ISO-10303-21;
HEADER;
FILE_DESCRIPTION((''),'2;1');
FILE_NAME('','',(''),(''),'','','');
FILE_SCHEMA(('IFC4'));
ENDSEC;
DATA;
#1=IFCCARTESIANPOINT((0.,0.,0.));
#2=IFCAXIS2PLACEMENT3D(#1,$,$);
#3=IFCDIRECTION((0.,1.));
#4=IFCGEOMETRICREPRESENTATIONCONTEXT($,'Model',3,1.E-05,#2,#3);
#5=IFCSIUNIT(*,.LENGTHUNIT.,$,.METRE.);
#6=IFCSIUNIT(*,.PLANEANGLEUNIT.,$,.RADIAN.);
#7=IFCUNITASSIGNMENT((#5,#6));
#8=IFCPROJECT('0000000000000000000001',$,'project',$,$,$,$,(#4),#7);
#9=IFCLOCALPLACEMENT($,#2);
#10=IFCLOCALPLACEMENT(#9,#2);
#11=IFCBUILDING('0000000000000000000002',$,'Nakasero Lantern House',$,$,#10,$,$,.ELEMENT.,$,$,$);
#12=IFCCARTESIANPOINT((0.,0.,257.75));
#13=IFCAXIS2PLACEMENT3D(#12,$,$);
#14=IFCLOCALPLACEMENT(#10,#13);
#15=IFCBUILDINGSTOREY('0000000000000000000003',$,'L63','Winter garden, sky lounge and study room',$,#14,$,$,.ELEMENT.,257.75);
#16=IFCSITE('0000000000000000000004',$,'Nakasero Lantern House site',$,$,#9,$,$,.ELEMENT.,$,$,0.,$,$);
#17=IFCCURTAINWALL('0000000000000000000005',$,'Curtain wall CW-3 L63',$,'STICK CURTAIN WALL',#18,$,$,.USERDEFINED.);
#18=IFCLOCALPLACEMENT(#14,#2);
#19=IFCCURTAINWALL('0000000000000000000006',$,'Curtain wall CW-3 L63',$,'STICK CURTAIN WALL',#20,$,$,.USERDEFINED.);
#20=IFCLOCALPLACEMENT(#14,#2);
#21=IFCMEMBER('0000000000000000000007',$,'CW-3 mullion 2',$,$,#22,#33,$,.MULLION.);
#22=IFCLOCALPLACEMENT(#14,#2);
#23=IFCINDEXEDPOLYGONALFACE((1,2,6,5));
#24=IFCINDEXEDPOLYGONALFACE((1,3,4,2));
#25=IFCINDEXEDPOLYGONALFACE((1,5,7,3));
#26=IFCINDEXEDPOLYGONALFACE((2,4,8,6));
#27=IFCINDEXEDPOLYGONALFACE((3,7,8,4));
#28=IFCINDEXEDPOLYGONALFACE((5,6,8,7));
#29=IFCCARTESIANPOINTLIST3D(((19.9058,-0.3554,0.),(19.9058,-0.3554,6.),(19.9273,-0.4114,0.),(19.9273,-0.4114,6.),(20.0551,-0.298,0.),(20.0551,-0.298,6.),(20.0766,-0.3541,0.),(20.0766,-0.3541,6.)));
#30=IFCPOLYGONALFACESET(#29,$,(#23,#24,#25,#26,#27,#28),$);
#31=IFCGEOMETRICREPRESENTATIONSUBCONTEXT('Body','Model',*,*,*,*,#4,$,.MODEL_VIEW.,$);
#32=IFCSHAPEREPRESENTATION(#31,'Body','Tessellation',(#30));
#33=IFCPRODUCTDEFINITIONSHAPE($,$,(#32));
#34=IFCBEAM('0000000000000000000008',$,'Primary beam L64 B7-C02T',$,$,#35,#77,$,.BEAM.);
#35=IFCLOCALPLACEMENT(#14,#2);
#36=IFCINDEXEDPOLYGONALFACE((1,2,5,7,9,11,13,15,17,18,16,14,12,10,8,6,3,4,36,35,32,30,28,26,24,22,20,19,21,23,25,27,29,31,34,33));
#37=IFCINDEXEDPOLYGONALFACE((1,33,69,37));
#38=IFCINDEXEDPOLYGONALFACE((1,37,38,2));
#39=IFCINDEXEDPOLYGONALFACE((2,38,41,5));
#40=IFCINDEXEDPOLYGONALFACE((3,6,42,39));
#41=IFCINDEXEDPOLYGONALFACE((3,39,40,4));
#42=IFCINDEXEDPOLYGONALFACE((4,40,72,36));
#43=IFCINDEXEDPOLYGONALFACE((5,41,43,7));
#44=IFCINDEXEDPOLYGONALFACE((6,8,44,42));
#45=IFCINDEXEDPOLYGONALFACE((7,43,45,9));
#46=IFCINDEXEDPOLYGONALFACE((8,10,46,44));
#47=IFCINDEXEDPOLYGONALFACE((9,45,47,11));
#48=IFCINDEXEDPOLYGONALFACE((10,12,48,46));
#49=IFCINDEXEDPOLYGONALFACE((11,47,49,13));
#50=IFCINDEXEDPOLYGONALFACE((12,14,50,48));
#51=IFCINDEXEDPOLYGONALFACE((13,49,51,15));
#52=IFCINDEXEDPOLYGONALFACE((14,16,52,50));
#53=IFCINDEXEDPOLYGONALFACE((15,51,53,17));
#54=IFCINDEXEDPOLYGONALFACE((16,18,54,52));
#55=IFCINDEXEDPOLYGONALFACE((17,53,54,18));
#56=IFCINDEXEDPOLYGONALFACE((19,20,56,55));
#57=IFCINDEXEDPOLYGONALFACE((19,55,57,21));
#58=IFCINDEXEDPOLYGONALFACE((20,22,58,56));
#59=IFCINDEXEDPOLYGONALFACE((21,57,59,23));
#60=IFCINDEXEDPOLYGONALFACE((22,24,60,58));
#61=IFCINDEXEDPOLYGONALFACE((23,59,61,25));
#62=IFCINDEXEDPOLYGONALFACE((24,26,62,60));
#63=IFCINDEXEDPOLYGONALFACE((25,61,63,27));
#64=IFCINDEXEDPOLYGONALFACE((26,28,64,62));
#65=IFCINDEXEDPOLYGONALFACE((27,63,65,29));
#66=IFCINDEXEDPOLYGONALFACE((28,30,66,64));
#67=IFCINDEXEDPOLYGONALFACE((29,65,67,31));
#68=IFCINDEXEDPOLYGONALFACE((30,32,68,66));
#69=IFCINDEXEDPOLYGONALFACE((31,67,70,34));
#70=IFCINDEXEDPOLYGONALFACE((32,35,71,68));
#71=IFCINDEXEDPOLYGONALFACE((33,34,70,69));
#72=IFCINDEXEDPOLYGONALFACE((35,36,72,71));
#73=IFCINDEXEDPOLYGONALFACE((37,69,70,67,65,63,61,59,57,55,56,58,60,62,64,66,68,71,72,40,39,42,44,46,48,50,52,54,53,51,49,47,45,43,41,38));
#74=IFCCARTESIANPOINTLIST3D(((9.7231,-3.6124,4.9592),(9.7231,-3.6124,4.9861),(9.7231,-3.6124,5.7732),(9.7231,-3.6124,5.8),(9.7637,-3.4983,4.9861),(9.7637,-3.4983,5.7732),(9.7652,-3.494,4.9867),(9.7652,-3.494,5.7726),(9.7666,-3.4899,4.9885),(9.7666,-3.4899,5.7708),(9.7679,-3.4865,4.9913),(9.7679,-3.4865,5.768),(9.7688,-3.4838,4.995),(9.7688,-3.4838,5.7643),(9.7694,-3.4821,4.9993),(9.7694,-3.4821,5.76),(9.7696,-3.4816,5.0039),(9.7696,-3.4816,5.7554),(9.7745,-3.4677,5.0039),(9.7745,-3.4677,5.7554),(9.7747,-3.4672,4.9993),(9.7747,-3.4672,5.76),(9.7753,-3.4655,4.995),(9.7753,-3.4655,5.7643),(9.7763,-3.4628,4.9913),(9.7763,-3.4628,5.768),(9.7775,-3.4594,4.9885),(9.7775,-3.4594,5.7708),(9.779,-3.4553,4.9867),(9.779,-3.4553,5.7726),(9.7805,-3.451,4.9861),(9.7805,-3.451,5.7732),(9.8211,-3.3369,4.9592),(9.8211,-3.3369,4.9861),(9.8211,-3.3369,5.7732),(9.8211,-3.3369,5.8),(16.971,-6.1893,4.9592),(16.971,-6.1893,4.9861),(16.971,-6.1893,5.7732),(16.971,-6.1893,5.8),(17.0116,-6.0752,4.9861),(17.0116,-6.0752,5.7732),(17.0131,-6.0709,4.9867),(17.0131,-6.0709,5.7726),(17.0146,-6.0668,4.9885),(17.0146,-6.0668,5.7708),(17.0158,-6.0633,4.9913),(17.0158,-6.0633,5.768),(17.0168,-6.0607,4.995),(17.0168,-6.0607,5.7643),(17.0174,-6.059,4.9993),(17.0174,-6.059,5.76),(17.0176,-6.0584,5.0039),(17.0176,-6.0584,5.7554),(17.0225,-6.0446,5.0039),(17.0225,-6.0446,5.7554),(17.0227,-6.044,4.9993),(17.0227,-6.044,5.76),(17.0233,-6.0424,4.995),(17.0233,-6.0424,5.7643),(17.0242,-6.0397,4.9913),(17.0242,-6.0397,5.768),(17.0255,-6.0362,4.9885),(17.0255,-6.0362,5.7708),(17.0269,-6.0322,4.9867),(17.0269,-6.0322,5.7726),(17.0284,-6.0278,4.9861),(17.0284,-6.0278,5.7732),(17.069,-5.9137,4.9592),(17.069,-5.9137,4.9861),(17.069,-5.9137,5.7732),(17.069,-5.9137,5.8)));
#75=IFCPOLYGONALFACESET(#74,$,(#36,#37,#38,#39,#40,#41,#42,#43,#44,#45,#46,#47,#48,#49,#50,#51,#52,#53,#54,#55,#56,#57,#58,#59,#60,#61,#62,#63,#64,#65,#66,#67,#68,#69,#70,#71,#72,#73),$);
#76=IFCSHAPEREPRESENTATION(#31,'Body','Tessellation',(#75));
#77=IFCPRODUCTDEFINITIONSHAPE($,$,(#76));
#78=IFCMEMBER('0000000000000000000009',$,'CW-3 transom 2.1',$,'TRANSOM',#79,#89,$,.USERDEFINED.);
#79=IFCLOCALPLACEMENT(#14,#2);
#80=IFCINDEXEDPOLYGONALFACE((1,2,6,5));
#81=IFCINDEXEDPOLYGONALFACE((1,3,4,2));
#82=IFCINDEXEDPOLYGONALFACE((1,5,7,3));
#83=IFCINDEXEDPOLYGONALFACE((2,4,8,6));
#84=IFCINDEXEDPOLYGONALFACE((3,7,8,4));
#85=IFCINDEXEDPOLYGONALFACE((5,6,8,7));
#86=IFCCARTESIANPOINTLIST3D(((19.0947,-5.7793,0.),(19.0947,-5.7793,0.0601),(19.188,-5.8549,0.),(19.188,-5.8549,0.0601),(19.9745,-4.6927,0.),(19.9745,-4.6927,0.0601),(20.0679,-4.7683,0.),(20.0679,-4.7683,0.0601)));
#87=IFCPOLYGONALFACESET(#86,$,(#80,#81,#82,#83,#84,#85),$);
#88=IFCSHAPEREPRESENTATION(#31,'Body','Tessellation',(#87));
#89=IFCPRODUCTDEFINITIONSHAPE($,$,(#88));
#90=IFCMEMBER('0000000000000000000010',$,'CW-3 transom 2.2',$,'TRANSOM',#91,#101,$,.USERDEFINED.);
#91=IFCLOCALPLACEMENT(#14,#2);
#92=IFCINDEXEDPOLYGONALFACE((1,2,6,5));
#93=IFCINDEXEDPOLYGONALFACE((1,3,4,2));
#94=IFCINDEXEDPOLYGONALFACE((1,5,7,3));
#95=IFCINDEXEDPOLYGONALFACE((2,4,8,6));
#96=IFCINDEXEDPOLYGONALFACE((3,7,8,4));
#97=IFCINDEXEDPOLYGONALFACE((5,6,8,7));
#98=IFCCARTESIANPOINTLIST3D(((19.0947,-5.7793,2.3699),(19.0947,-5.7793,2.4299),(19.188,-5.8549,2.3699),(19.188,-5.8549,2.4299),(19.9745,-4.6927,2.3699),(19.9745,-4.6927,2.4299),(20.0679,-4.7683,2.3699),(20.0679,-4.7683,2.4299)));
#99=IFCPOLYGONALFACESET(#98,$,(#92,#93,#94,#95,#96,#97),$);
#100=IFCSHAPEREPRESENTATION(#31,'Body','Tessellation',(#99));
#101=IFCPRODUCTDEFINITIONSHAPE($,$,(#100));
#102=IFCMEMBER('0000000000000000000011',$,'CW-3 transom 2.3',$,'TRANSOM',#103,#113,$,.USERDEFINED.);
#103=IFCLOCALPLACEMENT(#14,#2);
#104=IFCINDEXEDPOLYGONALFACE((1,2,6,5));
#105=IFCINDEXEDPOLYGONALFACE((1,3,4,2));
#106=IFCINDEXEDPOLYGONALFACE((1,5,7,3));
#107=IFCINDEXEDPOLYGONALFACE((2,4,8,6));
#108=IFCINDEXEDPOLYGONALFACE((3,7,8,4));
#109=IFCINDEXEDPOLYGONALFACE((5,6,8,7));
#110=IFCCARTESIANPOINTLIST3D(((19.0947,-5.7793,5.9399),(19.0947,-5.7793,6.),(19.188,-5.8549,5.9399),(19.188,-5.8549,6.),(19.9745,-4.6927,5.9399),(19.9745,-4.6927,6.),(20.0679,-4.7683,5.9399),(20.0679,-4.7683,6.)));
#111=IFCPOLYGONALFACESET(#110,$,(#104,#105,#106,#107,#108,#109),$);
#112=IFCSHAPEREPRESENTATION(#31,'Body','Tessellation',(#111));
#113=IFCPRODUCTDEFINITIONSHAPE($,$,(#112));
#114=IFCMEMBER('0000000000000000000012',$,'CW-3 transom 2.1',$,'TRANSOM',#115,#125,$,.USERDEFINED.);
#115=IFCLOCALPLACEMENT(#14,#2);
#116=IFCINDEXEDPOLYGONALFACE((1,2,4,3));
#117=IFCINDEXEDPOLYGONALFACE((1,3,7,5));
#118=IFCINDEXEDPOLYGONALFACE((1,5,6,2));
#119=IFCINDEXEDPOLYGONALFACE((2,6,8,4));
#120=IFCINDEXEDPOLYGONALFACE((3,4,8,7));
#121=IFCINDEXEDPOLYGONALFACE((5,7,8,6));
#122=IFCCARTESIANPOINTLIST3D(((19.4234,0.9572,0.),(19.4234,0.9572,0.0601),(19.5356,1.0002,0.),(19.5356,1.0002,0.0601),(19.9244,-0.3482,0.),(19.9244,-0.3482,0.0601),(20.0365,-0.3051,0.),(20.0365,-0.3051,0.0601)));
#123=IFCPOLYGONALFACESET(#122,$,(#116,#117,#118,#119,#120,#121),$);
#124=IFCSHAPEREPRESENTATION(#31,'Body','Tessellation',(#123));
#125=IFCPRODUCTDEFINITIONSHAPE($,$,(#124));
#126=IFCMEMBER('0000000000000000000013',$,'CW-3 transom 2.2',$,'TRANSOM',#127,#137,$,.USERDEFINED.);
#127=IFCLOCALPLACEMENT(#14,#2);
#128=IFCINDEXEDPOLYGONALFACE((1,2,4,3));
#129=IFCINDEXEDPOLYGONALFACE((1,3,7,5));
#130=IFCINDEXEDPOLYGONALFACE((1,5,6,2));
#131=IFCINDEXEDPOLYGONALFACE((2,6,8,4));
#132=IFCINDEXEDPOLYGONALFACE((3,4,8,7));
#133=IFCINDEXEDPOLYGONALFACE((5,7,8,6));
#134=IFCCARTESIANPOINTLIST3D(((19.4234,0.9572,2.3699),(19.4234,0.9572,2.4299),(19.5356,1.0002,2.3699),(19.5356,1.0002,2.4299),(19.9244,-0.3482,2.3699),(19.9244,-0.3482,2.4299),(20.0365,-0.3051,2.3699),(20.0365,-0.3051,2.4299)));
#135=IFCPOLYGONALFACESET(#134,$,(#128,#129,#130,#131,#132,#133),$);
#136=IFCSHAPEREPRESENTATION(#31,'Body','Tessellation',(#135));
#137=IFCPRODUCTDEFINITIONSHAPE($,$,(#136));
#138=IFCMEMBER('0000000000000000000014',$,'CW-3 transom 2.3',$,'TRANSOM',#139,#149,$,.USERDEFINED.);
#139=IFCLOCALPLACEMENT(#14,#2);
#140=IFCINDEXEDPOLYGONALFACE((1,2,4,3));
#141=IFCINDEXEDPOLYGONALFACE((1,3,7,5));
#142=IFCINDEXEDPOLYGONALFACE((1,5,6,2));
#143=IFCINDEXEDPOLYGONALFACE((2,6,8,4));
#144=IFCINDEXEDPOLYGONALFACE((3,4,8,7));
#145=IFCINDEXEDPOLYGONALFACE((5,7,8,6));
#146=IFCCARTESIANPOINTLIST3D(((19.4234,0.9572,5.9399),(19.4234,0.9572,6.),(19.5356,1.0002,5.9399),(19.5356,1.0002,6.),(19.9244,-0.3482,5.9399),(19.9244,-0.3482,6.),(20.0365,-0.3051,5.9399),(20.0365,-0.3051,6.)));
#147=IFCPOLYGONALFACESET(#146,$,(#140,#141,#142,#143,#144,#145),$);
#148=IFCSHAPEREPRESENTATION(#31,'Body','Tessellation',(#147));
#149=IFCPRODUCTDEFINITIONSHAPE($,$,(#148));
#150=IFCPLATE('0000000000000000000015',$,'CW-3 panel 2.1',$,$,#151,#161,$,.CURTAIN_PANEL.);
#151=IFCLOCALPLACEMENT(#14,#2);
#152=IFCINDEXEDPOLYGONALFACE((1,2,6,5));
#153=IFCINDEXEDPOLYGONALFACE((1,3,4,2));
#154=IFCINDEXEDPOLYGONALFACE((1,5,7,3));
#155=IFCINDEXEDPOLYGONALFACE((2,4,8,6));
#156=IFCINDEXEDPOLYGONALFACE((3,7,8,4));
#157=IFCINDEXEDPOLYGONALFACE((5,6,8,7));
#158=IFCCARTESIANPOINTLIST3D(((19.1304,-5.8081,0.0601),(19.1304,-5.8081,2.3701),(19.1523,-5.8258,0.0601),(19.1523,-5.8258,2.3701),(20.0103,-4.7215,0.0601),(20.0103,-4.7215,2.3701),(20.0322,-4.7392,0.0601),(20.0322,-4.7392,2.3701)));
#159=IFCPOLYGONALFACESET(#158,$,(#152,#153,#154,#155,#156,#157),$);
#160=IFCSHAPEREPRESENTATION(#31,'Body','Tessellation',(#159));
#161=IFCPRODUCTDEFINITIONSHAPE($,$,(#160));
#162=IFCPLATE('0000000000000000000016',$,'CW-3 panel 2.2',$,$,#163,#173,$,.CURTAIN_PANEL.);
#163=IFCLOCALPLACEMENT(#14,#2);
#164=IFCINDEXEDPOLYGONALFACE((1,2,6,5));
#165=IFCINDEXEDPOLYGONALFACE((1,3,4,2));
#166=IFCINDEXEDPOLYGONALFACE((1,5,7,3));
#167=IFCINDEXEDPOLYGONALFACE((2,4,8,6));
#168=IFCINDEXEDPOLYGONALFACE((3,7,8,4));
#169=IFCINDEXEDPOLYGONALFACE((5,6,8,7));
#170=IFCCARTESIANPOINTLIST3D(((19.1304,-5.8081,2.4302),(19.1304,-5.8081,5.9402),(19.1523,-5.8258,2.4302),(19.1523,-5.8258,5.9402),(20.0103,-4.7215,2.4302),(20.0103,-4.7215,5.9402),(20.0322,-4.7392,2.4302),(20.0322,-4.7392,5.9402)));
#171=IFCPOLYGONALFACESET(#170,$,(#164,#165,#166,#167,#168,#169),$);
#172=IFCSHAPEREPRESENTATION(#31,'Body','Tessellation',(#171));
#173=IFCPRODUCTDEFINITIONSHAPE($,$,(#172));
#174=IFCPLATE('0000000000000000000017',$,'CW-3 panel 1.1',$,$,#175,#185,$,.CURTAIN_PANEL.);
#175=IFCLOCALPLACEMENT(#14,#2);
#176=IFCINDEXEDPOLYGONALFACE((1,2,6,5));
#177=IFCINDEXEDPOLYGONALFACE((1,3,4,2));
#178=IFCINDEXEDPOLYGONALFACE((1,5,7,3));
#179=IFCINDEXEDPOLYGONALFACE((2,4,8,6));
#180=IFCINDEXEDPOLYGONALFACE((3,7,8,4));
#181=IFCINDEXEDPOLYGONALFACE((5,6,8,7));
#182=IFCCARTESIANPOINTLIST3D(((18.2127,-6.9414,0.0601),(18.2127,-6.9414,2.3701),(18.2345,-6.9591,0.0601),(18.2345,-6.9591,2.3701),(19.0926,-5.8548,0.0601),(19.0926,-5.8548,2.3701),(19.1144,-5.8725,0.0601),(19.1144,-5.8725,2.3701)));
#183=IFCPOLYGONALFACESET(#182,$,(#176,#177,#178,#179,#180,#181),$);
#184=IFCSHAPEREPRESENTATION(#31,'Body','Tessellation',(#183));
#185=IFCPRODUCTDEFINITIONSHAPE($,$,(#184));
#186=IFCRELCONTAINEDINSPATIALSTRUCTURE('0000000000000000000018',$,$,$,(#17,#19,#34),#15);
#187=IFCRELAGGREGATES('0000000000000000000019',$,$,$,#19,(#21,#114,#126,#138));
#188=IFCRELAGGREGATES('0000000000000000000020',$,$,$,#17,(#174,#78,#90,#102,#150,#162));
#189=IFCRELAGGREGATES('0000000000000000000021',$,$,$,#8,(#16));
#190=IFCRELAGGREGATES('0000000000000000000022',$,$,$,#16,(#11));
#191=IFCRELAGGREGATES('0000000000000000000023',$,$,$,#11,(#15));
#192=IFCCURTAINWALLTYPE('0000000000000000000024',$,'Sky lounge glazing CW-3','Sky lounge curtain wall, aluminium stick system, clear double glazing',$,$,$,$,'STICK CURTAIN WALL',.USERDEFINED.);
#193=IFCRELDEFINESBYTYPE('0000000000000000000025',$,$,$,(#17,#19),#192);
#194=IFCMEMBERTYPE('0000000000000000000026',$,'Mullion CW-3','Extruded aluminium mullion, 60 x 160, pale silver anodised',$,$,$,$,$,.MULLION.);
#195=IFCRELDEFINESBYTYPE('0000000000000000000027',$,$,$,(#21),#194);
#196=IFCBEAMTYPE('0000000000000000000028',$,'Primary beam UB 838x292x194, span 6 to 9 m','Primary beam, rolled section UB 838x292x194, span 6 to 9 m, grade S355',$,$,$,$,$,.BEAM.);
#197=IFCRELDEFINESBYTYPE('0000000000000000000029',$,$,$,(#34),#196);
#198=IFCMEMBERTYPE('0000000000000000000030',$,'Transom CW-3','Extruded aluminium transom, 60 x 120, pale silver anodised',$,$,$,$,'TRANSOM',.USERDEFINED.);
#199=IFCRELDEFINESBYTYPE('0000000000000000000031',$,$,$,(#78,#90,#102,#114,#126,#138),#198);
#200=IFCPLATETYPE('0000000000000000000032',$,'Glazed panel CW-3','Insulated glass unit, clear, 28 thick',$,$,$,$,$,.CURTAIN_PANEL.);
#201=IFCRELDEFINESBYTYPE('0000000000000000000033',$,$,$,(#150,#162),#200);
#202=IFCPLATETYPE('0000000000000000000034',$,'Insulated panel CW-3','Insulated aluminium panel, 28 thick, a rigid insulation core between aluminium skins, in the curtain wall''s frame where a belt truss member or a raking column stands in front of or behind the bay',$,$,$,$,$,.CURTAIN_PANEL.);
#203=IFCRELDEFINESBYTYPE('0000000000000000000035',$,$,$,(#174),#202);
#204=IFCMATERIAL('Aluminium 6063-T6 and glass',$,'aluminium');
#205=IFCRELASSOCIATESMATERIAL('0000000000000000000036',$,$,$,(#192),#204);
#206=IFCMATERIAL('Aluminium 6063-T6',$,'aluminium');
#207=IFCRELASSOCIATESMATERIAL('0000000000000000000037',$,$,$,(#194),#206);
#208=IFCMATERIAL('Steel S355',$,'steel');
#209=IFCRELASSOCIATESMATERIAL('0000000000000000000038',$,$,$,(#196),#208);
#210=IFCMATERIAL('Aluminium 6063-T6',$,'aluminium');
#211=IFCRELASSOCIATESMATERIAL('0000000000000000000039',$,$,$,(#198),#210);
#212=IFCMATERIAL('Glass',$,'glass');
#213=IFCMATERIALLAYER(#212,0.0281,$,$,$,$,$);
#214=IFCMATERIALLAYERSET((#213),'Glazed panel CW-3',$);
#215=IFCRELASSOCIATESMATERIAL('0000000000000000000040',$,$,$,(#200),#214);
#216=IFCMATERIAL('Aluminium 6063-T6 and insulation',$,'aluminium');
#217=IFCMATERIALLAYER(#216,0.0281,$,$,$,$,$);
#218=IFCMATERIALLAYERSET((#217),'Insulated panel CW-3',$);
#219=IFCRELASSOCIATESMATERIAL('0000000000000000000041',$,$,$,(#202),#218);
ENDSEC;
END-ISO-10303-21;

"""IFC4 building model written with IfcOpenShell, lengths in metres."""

from ifc_helpers import new_model, si_unit, direction, frame, origin, origin_2d, place, context, subcontext, project, spatial, rectangle, i_section, extrude, material, layer, layer_set, material_profile, profile_set, type_object, element, aggregate, save


model = new_model("IFC4")

# Units and contexts
model_context = context("Model", 3, precision=1e-05, world=origin(), true_north=direction((0.0, 1.0)))
body_context = subcontext(model_context, "Body", "Model", "MODEL_VIEW")
ifc_project = project(units=[si_unit("LENGTHUNIT", "METRE"), si_unit("PLANEANGLEUNIT", "RADIAN")], contexts=[model_context])

# Site, building, storey
site_placement = place(None, origin())
site = spatial("IfcSite", under=ifc_project, at=site_placement, Name="Nakasero Lantern House site", CompositionType="ELEMENT", RefElevation=0.0)
building_placement = place(site_placement, origin())
building = spatial("IfcBuilding", under=site, at=building_placement, Name="Nakasero Lantern House", CompositionType="ELEMENT")
storey_placement = place(building_placement, frame((0.0, 0.0, 257.75)))
storey = spatial("IfcBuildingStorey", under=building, at=storey_placement, Name="L63", Description="Winter garden, sky lounge and study room", CompositionType="ELEMENT", Elevation=257.75)

# Curtain wall
ifc_material_1 = material(Name="Aluminium 6063-T6 and glass", Category="aluminium")
curtain_wall_type = type_object("IfcCurtainWallType", Name="Sky lounge glazing CW-3", Description="Sky lounge curtain wall, aluminium stick system, clear double glazing", ElementType="STICK CURTAIN WALL", PredefinedType="USERDEFINED", material=ifc_material_1)
curtain_wall_1_placement = place(storey_placement, origin())
curtain_wall_1 = element("IfcCurtainWall", 1, at=curtain_wall_1_placement, inside=storey, type_object=curtain_wall_type, Name="Curtain wall CW-3 L63", ObjectType="STICK CURTAIN WALL", PredefinedType="USERDEFINED")
ifc_material_2 = material(Name="Aluminium 6063-T6", Category="aluminium")
ifc_material_profile_1 = material_profile(ifc_material_2, rectangle(XDim=0.0601, YDim=0.1599, at=origin_2d()), Name="CW-3 mullion 60x160")
ifc_profile_set_1 = profile_set([ifc_material_profile_1], Name="Aluminium 6063-T6")
member_type_1 = type_object("IfcMemberType", Name="Mullion CW-3", Description="Extruded aluminium mullion, 60 x 160, pale silver anodised", PredefinedType="MULLION", material=ifc_profile_set_1)

# Curtain wall, member
curtain_wall_2_placement = place(storey_placement, origin())
curtain_wall_2 = element("IfcCurtainWall", 2, at=curtain_wall_2_placement, inside=storey, type_object=curtain_wall_type, Name="Curtain wall CW-3 L63", ObjectType="STICK CURTAIN WALL", PredefinedType="USERDEFINED")
member_1_placement = place(storey_placement, frame((19.9912, -0.3547, 0.0), z_axis=(0.0, 0.0, 1.0), x_axis=(-0.358368, 0.93358, 0.0)))
member_1 = element("IfcMember", 3, at=member_1_placement, type_object=member_type_1, Name="CW-3 mullion 2", PredefinedType="MULLION", context=body_context, shape_type="SweptSolid", body=[
    extrude(rectangle(XDim=0.0601, YDim=0.1599, at=origin_2d()), origin(), (0.0, 0.0, 1.0), 6.0),
])

# Beam
ifc_material_3 = material(Name="Steel S355", Category="steel")
ifc_material_profile_2 = material_profile(ifc_material_3, i_section(OverallWidth=0.2925, OverallDepth=0.8408, WebThickness=0.0146, FlangeThickness=0.0269, FilletRadius=0.0178, at=origin_2d()), Name="UB 838x292x194")
ifc_profile_set_2 = profile_set([ifc_material_profile_2], Name="Steel S355")
beam_type_1 = type_object("IfcBeamType", Name="Primary beam UB 838x292x194, span 6 to 9 m", Description="Primary beam, rolled section UB 838x292x194, span 6 to 9 m, grade S355", PredefinedType="BEAM", material=ifc_profile_set_2)
beam_1_placement = place(storey_placement, frame((17.02, -6.0515, 5.3796), z_axis=(-0.942222, 0.334989, 0.0), x_axis=(-0.334989, -0.942222, 0.0)))
element("IfcBeam", 4, at=beam_1_placement, inside=storey, type_object=beam_type_1, Name="Primary beam L64 B7-C02T", PredefinedType="BEAM", context=body_context, shape_type="SweptSolid", body=[
    extrude(i_section(OverallWidth=0.2925, OverallDepth=0.8408, WebThickness=0.0146, FlangeThickness=0.0269, FilletRadius=0.0178, at=origin_2d()), origin(), (0.0, 0.0, 1.0), 7.6924),
])

# Members
ifc_material_4 = material(Name="Aluminium 6063-T6", Category="aluminium")
ifc_material_profile_3 = material_profile(ifc_material_4, rectangle(XDim=0.0601, YDim=0.1201, at=origin_2d()), Name="CW-3 transom 60x120")
ifc_profile_set_3 = profile_set([ifc_material_profile_3], Name="Aluminium 6063-T6")
member_type_2 = type_object("IfcMemberType", Name="Transom CW-3", Description="Extruded aluminium transom, 60 x 120, pale silver anodised", ElementType="TRANSOM", PredefinedType="USERDEFINED", material=ifc_profile_set_3)
member_2_placement = place(storey_placement, frame((19.1414, -5.8171, 0.03), z_axis=(0.629284, 0.777176, 0.0), x_axis=(0.0, 0.0, 1.0)))
member_2 = element("IfcMember", 5, at=member_2_placement, type_object=member_type_2, Name="CW-3 transom 2.1", ObjectType="TRANSOM", PredefinedType="USERDEFINED", context=body_context, shape_type="SweptSolid", body=[
    extrude(rectangle(XDim=0.0601, YDim=0.1201, at=origin_2d()), origin(), (0.0, 0.0, 1.0), 1.3982),
])
member_3_placement = place(storey_placement, frame((19.1414, -5.8171, 2.3999), z_axis=(0.629284, 0.777176, 0.0), x_axis=(0.0, 0.0, 1.0)))
member_3 = element("IfcMember", 6, at=member_3_placement, type_object=member_type_2, Name="CW-3 transom 2.2", ObjectType="TRANSOM", PredefinedType="USERDEFINED", context=body_context, shape_type="SweptSolid", body=[
    extrude(rectangle(XDim=0.0601, YDim=0.1201, at=origin_2d()), origin(), (0.0, 0.0, 1.0), 1.3982),
])
member_4_placement = place(storey_placement, frame((19.1414, -5.8171, 5.97), z_axis=(0.629284, 0.777176, 0.0), x_axis=(0.0, 0.0, 1.0)))
member_4 = element("IfcMember", 7, at=member_4_placement, type_object=member_type_2, Name="CW-3 transom 2.3", ObjectType="TRANSOM", PredefinedType="USERDEFINED", context=body_context, shape_type="SweptSolid", body=[
    extrude(rectangle(XDim=0.0601, YDim=0.1201, at=origin_2d()), origin(), (0.0, 0.0, 1.0), 1.3982),
])
member_5_placement = place(storey_placement, frame((19.9805, -0.3267, 0.03), z_axis=(-0.358289, 0.933611, 0.0), x_axis=(0.0, 0.0, 1.0)))
member_5 = element("IfcMember", 8, at=member_5_placement, type_object=member_type_2, Name="CW-3 transom 2.1", ObjectType="TRANSOM", PredefinedType="USERDEFINED", context=body_context, shape_type="SweptSolid", body=[
    extrude(rectangle(XDim=0.0601, YDim=0.1201, at=origin_2d()), origin(), (0.0, 0.0, 1.0), 1.3982),
])
member_6_placement = place(storey_placement, frame((19.9805, -0.3267, 2.3999), z_axis=(-0.358289, 0.933611, 0.0), x_axis=(0.0, 0.0, 1.0)))
member_6 = element("IfcMember", 9, at=member_6_placement, type_object=member_type_2, Name="CW-3 transom 2.2", ObjectType="TRANSOM", PredefinedType="USERDEFINED", context=body_context, shape_type="SweptSolid", body=[
    extrude(rectangle(XDim=0.0601, YDim=0.1201, at=origin_2d()), origin(), (0.0, 0.0, 1.0), 1.3982),
])
member_7_placement = place(storey_placement, frame((19.9805, -0.3267, 5.97), z_axis=(-0.358289, 0.933611, 0.0), x_axis=(0.0, 0.0, 1.0)))
member_7 = element("IfcMember", 10, at=member_7_placement, type_object=member_type_2, Name="CW-3 transom 2.3", ObjectType="TRANSOM", PredefinedType="USERDEFINED", context=body_context, shape_type="SweptSolid", body=[
    extrude(rectangle(XDim=0.0601, YDim=0.1201, at=origin_2d()), origin(), (0.0, 0.0, 1.0), 1.3982),
])
aggregate(curtain_wall_2, [member_1, member_5, member_6, member_7])

# Plates
ifc_material_5 = material(Name="Glass", Category="glass")
ifc_layer_1 = layer(ifc_material_5, 0.0281)
ifc_layer_set_1 = layer_set([ifc_layer_1], Name="Glazed panel CW-3")
plate_type_1 = type_object("IfcPlateType", Name="Glazed panel CW-3", Description="Insulated glass unit, clear, 28 thick", PredefinedType="CURTAIN_PANEL", material=ifc_layer_set_1)
plate_1_placement = place(storey_placement, frame((19.5813, -5.2737, 0.0601), z_axis=(0.0, 0.0, 1.0), x_axis=(0.62932, 0.777146, 0.0)))
plate_1 = element("IfcPlate", 11, at=plate_1_placement, type_object=plate_type_1, Name="CW-3 panel 2.1", PredefinedType="CURTAIN_PANEL", context=body_context, shape_type="SweptSolid", body=[
    extrude(rectangle(XDim=1.3982, YDim=0.0281, at=origin_2d()), origin(), (0.0, 0.0, 1.0), 2.3101),
])
plate_2_placement = place(storey_placement, frame((19.5813, -5.2737, 2.4302), z_axis=(0.0, 0.0, 1.0), x_axis=(0.62932, 0.777146, 0.0)))
plate_2 = element("IfcPlate", 12, at=plate_2_placement, type_object=plate_type_1, Name="CW-3 panel 2.2", PredefinedType="CURTAIN_PANEL", context=body_context, shape_type="SweptSolid", body=[
    extrude(rectangle(XDim=1.3982, YDim=0.0281, at=origin_2d()), origin(), (0.0, 0.0, 1.0), 3.51),
])
ifc_material_6 = material(Name="Aluminium 6063-T6 and insulation", Category="aluminium")
ifc_layer_2 = layer(ifc_material_6, 0.0281)
ifc_layer_set_2 = layer_set([ifc_layer_2], Name="Insulated panel CW-3")
plate_type_2 = type_object("IfcPlateType", Name="Insulated panel CW-3", Description="Insulated aluminium panel, 28 thick, a rigid insulation core between aluminium skins, in the curtain wall's frame where a belt truss member or a raking column stands in front of or behind the bay", PredefinedType="CURTAIN_PANEL", material=ifc_layer_set_2)
plate_3_placement = place(storey_placement, frame((18.6636, -6.407, 0.0601), z_axis=(0.0, 0.0, 1.0), x_axis=(0.62932, 0.777146, 0.0)))
plate_3 = element("IfcPlate", 13, at=plate_3_placement, type_object=plate_type_2, Name="CW-3 panel 1.1", PredefinedType="CURTAIN_PANEL", context=body_context, shape_type="SweptSolid", body=[
    extrude(rectangle(XDim=1.3982, YDim=0.0281, at=origin_2d()), origin(), (0.0, 0.0, 1.0), 2.3101),
])
aggregate(curtain_wall_1, [plate_3, member_2, member_3, member_4, plate_1, plate_2])

save(model, "model.ifc")
